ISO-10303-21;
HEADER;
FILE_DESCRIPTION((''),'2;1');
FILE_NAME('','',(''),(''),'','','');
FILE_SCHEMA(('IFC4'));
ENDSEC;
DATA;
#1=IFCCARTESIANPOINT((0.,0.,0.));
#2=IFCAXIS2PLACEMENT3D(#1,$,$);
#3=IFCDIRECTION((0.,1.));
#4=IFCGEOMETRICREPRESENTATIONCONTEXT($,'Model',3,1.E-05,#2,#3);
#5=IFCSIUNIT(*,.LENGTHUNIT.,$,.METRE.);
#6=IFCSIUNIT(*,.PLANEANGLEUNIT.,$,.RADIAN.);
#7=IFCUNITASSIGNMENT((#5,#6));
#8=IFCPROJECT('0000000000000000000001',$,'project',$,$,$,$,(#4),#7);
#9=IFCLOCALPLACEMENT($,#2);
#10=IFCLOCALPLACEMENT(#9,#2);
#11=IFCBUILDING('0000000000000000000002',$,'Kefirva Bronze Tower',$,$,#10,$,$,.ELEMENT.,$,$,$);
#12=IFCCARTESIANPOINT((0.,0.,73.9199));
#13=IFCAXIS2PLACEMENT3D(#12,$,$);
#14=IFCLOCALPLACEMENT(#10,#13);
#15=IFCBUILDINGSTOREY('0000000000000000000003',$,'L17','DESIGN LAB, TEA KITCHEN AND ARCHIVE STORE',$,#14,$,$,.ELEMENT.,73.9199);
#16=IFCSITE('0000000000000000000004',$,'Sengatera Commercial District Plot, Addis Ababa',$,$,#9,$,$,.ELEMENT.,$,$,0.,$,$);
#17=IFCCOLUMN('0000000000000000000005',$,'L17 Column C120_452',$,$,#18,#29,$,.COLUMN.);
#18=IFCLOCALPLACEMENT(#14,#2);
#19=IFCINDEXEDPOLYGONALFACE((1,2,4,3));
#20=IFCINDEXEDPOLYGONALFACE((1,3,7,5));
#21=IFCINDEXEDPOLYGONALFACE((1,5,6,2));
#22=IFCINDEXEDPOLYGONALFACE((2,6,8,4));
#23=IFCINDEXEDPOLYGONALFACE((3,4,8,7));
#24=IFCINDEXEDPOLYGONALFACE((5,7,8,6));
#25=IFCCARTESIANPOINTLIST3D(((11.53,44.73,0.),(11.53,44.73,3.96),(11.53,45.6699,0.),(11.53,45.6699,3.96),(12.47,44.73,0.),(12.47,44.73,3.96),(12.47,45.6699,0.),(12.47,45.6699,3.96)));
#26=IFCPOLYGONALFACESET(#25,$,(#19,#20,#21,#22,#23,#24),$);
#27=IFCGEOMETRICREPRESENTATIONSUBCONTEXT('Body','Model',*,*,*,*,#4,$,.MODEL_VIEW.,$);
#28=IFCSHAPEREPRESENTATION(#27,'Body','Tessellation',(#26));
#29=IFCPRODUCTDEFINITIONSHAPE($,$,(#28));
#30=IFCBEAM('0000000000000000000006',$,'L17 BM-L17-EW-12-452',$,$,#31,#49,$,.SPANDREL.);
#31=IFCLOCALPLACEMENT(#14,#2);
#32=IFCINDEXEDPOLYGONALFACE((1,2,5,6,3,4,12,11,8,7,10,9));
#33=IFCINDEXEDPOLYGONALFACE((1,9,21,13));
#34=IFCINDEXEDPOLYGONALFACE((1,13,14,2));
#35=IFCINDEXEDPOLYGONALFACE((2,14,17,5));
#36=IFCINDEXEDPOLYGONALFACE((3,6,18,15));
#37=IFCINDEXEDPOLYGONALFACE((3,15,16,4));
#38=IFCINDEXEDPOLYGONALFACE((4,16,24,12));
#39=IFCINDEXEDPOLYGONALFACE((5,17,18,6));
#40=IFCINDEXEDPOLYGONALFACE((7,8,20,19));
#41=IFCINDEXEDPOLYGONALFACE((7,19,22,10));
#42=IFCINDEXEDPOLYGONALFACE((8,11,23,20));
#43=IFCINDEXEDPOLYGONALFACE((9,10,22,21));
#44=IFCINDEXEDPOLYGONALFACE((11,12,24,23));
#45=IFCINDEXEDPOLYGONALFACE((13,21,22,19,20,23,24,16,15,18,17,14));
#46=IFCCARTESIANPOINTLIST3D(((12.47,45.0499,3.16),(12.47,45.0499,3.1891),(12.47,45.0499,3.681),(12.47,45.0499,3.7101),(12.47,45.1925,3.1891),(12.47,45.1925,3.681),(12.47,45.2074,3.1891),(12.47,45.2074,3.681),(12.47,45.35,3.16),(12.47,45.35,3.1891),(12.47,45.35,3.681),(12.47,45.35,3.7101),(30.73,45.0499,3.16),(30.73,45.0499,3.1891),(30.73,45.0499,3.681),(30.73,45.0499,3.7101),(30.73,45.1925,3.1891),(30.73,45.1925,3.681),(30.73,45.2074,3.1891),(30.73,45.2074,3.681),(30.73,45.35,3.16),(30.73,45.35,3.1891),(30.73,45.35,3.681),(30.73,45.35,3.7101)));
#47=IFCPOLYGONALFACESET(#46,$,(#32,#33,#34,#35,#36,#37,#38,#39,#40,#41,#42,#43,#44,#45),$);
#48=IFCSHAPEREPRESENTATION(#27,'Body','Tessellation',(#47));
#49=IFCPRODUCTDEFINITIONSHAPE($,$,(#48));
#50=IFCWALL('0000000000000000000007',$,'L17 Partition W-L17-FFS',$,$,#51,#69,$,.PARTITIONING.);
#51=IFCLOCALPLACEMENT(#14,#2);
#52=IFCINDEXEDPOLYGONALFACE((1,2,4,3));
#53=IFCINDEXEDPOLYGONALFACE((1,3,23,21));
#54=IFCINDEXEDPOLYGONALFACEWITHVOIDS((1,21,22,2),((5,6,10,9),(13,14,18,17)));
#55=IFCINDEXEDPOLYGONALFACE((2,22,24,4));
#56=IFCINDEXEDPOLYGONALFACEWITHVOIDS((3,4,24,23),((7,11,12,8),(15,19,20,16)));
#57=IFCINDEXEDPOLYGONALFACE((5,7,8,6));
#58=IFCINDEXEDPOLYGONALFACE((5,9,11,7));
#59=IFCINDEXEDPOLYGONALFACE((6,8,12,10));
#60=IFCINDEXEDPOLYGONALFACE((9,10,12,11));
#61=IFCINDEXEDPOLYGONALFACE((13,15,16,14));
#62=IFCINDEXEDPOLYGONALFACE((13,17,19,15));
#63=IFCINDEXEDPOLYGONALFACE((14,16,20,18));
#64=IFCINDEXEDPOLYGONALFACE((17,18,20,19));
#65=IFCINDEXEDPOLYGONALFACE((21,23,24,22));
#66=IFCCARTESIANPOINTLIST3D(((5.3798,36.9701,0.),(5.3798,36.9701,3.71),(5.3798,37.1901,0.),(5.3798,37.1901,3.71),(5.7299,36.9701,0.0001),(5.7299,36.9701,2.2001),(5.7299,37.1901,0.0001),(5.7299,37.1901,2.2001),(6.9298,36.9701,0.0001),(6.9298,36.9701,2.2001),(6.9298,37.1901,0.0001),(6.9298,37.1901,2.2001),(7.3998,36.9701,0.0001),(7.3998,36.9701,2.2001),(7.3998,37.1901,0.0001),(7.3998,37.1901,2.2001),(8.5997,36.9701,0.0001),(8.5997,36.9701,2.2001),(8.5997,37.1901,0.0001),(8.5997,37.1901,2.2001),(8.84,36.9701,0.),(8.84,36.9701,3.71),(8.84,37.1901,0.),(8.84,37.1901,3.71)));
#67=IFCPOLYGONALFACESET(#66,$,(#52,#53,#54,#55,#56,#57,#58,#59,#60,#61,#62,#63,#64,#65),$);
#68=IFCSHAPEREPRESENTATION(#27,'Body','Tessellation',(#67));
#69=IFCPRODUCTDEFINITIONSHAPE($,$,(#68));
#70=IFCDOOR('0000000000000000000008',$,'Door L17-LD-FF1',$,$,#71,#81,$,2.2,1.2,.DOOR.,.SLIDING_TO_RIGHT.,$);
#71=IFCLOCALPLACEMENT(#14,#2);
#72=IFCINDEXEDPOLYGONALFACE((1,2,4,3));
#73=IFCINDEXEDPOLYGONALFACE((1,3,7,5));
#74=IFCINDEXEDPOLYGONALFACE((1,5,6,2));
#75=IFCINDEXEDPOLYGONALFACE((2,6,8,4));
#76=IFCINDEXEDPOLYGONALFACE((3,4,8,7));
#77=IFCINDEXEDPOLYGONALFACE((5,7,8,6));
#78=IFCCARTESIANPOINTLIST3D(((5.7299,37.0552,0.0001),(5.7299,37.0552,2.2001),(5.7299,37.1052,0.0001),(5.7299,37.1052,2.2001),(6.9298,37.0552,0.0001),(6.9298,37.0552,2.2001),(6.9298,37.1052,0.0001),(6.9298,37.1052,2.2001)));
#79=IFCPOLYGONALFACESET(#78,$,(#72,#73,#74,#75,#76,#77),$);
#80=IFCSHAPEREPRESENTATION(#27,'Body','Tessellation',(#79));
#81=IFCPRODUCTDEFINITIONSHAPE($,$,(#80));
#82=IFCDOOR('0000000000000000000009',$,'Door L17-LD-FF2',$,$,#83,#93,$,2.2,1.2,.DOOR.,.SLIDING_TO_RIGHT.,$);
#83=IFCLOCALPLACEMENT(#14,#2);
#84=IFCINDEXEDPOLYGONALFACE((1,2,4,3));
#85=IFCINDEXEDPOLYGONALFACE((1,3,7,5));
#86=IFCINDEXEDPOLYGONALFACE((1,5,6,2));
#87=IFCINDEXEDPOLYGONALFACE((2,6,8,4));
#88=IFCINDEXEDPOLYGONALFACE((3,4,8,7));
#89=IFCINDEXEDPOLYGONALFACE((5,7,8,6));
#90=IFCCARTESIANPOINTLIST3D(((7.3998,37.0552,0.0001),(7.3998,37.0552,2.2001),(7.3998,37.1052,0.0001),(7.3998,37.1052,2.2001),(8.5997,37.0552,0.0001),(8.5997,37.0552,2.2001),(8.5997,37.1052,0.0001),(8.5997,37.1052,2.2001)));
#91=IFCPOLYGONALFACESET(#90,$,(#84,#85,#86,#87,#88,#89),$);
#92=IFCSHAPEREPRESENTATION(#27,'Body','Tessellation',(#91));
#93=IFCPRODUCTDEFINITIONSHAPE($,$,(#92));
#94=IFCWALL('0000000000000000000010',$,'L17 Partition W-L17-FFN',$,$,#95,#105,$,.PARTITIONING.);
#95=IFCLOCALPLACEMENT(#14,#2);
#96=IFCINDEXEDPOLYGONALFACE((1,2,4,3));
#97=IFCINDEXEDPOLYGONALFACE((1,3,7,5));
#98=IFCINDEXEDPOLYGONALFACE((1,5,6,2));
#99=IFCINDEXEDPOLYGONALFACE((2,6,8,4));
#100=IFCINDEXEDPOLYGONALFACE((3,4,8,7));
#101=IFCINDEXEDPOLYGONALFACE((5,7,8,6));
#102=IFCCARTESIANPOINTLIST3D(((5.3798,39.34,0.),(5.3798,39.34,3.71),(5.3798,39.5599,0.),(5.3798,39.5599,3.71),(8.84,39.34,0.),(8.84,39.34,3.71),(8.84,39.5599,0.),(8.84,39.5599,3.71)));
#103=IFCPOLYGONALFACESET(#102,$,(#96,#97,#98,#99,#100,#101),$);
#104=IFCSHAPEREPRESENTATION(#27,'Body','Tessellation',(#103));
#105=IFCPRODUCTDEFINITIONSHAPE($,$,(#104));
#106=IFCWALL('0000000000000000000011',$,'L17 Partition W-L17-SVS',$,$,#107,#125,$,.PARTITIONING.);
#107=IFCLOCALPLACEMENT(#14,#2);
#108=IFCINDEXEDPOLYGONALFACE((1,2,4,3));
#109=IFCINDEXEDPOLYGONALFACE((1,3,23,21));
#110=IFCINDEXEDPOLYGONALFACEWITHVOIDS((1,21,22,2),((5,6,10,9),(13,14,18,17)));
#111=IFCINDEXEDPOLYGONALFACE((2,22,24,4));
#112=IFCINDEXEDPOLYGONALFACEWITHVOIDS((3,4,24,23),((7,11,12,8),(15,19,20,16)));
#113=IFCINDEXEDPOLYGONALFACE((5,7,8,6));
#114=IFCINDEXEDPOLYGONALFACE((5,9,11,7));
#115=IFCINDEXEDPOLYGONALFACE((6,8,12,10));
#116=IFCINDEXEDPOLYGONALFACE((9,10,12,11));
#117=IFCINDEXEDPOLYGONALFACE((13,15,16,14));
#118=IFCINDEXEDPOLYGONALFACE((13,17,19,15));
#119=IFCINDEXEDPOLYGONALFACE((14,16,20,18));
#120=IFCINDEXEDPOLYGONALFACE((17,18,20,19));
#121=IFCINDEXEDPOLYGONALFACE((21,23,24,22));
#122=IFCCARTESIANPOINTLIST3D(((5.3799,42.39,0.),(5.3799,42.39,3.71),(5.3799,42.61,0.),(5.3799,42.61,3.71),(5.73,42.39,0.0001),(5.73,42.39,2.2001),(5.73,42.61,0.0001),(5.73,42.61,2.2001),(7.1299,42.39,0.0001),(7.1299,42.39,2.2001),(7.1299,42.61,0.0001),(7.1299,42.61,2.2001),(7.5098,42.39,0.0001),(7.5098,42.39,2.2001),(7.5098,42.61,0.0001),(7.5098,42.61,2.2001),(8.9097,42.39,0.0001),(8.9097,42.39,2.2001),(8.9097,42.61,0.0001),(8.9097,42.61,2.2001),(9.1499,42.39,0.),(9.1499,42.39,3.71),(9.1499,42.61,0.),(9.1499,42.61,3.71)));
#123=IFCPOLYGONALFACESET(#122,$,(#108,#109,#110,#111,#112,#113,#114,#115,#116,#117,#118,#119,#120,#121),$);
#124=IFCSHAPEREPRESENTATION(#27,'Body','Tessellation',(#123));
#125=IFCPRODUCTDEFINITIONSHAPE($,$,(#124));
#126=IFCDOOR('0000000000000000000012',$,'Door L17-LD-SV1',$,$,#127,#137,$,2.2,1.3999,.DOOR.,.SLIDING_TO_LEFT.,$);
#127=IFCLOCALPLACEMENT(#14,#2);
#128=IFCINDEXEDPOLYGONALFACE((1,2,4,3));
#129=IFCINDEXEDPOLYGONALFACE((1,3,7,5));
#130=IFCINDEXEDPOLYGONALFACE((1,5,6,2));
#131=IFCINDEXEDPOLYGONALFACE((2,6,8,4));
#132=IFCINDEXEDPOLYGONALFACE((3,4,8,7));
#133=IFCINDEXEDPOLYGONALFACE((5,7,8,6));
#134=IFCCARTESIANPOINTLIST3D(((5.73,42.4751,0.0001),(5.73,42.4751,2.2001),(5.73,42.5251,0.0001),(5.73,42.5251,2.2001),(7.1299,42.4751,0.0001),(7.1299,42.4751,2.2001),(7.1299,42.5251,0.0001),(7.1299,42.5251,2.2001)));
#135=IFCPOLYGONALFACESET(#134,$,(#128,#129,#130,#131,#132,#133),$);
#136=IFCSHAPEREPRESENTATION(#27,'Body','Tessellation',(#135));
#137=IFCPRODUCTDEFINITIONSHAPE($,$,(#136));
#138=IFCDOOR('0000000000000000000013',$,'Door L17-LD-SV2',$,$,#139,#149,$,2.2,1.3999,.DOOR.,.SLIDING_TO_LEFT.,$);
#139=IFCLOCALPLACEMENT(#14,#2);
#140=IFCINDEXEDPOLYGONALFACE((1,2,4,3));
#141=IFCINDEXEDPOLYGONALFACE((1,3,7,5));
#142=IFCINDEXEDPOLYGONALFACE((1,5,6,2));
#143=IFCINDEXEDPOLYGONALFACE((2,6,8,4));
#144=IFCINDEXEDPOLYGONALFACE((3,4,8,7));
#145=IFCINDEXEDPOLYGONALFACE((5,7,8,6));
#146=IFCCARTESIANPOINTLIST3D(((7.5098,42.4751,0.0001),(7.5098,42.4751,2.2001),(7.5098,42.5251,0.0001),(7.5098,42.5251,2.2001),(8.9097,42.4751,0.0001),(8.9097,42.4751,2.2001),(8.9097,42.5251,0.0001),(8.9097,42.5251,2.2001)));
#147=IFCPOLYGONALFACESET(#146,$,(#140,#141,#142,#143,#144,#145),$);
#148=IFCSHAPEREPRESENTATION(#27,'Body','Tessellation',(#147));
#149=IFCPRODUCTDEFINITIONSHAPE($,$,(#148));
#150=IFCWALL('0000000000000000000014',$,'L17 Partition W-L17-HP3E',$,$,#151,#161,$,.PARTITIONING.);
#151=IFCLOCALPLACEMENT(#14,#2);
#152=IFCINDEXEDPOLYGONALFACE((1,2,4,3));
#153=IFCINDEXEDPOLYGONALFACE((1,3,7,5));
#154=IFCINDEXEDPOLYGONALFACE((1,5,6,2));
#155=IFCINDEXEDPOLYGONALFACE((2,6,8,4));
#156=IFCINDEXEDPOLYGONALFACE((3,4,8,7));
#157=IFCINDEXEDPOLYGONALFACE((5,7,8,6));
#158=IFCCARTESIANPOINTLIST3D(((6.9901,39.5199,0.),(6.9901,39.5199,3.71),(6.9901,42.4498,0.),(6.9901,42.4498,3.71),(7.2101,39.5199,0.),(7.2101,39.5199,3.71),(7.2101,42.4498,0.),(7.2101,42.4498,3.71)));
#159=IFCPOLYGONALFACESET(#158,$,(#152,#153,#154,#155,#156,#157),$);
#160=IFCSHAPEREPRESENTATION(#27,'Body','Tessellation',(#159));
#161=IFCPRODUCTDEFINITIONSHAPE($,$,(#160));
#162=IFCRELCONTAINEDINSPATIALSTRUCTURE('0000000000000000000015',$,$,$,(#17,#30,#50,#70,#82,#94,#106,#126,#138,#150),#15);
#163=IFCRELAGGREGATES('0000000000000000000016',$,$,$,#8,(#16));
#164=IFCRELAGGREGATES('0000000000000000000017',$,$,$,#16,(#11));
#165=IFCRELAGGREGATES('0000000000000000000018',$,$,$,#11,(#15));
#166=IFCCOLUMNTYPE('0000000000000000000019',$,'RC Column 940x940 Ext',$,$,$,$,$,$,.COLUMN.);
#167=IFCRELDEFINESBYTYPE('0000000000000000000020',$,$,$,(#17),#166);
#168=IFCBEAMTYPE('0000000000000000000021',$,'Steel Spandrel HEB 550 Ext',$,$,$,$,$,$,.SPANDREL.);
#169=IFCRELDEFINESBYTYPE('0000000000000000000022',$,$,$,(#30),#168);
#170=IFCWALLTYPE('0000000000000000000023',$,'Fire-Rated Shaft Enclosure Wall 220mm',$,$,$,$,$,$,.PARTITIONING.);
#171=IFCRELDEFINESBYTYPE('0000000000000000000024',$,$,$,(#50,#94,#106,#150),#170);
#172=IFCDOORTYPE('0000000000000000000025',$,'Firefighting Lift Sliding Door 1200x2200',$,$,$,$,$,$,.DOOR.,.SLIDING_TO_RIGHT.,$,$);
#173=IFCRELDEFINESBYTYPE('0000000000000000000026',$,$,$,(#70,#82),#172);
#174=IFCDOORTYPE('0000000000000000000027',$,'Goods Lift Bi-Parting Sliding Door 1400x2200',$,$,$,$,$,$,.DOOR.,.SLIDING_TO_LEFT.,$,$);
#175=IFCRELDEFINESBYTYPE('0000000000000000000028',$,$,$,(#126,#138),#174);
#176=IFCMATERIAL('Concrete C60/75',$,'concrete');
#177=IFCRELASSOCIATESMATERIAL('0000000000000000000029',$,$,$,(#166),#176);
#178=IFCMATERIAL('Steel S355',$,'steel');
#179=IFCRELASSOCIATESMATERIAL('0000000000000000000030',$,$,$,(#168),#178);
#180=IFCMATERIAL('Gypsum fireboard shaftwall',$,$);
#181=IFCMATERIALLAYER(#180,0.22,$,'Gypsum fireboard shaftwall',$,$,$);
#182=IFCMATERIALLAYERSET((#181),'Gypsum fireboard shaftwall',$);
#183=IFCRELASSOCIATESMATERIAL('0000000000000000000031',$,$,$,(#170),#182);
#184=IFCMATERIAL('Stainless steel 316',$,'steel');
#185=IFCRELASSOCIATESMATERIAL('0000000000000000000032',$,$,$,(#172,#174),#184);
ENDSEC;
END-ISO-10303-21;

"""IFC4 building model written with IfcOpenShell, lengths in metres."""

from ifc_helpers import new_model, si_unit, direction, frame, frame_2d, origin, origin_2d, place, context, subcontext, project, spatial, rectangle, i_section, extrude, material, layer, layer_set, material_profile, profile_set, type_object, element, fill, save


model = new_model("IFC4")

# Units and contexts
model_context = context("Model", 3, precision=1e-05, world=origin(), true_north=direction((0.0, 1.0)))
body_context = subcontext(model_context, "Body", "Model", "MODEL_VIEW")
ifc_project = project(units=[si_unit("LENGTHUNIT", "METRE"), si_unit("PLANEANGLEUNIT", "RADIAN")], contexts=[model_context])

# Site, building, storey
site_placement = place(None, origin())
site = spatial("IfcSite", under=ifc_project, at=site_placement, Name="Sengatera Commercial District Plot, Addis Ababa", CompositionType="ELEMENT", RefElevation=0.0)
building_placement = place(site_placement, origin())
building = spatial("IfcBuilding", under=site, at=building_placement, Name="Kefirva Bronze Tower", CompositionType="ELEMENT")
storey_placement = place(building_placement, frame((0.0, 0.0, 73.9199)))
storey = spatial("IfcBuildingStorey", under=building, at=storey_placement, Name="L17", Description="DESIGN LAB, TEA KITCHEN AND ARCHIVE STORE", CompositionType="ELEMENT", Elevation=73.9199)

# Column
ifc_material_1 = material(Name="Concrete C60/75", Category="concrete")
ifc_material_profile_1 = material_profile(ifc_material_1, rectangle(XDim=0.9399, YDim=0.9399, at=origin_2d()), Name="RC 940x940")
ifc_profile_set_1 = profile_set([ifc_material_profile_1], Name="Concrete C60/75")
column_type = type_object("IfcColumnType", Name="RC Column 940x940 Ext", PredefinedType="COLUMN", material=ifc_profile_set_1)
column_placement = place(storey_placement, frame((12.0, 45.2, 0.0), z_axis=(0.0, 0.0, 1.0), x_axis=(1.0, 0.0, 0.0)))
element("IfcColumn", 1, at=column_placement, inside=storey, type_object=column_type, Name="L17 Column C120_452", PredefinedType="COLUMN", context=body_context, shape_type="SweptSolid", body=[
    extrude(rectangle(XDim=0.9399, YDim=0.9399, at=origin_2d()), origin(), (0.0, 0.0, 1.0), 3.96),
])

# Beam
ifc_material_2 = material(Name="Steel S355", Category="steel")
ifc_material_profile_2 = material_profile(ifc_material_2, i_section(OverallWidth=0.3, OverallDepth=0.55, WebThickness=0.0149, FlangeThickness=0.0291, at=origin_2d()), Name="HEB 550")
ifc_profile_set_2 = profile_set([ifc_material_profile_2], Name="Steel S355")
beam_type = type_object("IfcBeamType", Name="Steel Spandrel HEB 550 Ext", PredefinedType="SPANDREL", material=ifc_profile_set_2)
beam_placement = place(storey_placement, frame((12.47, 45.2, 3.4351), z_axis=(1.0, 0.0, 0.0), x_axis=(0.0, 1.0, 0.0)))
element("IfcBeam", 2, at=beam_placement, inside=storey, type_object=beam_type, Name="L17 BM-L17-EW-12-452", PredefinedType="SPANDREL", context=body_context, shape_type="SweptSolid", body=[
    extrude(i_section(OverallWidth=0.3, OverallDepth=0.55, WebThickness=0.0149, FlangeThickness=0.0291, at=origin_2d()), origin(), (0.0, 0.0, 1.0), 18.26),
])

# Wall, openings, doors
ifc_material_3 = material(Name="Gypsum fireboard shaftwall")
ifc_layer_1 = layer(ifc_material_3, 0.22, Name="Gypsum fireboard shaftwall")
ifc_layer_set_1 = layer_set([ifc_layer_1], Name="Gypsum fireboard shaftwall")
wall_type_1 = type_object("IfcWallType", Name="Fire-Rated Shaft Enclosure Wall 220mm", PredefinedType="PARTITIONING", material=ifc_layer_set_1)
wall_1_placement = place(storey_placement, frame((5.3799, 37.0801, 0.0), z_axis=(0.0, 0.0, 1.0), x_axis=(1.0, 0.0, 0.0)))
wall_1 = element("IfcWall", 3, at=wall_1_placement, inside=storey, type_object=wall_type_1, Name="L17 Partition W-L17-FFS", PredefinedType="PARTITIONING", context=body_context, shape_type="SweptSolid", body=[
    extrude(rectangle(XDim=3.4602, YDim=0.22, at=frame_2d((1.73, 0.0))), origin(), (0.0, 0.0, 1.0), 3.71),
])
opening_1_placement = place(wall_1_placement, frame((1.55, 0.0, 0.0), z_axis=(0.0, 0.0, 1.0), x_axis=(-1.0, 0.0, 0.0)))
opening_1 = element("IfcOpeningElement", 4, at=opening_1_placement, cuts=wall_1, PredefinedType="OPENING", context=body_context, shape_type="SweptSolid", body=[
    extrude(rectangle(XDim=1.2, YDim=2.2, at=frame_2d((0.6001, 1.1001))), frame((0.0, 0.1201, 0.0), z_axis=(0.0, -1.0, 0.0), x_axis=(1.0, 0.0, 0.0)), (0.0, 0.0, 1.0), 0.24),
])
opening_2_placement = place(wall_1_placement, frame((3.22, 0.0, 0.0), z_axis=(0.0, 0.0, 1.0), x_axis=(-1.0, 0.0, 0.0)))
opening_2 = element("IfcOpeningElement", 5, at=opening_2_placement, cuts=wall_1, PredefinedType="OPENING", context=body_context, shape_type="SweptSolid", body=[
    extrude(rectangle(XDim=1.2, YDim=2.2, at=frame_2d((0.6001, 1.1001))), frame((0.0, 0.1201, 0.0), z_axis=(0.0, -1.0, 0.0), x_axis=(1.0, 0.0, 0.0)), (0.0, 0.0, 1.0), 0.24),
])
ifc_material_4 = material(Name="Stainless steel 316", Category="steel")
door_type_1 = type_object("IfcDoorType", Name="Firefighting Lift Sliding Door 1200x2200", OperationType="SLIDING_TO_RIGHT", PredefinedType="DOOR", material=ifc_material_4)
door_1_placement = place(opening_1_placement, origin())
door_1 = element("IfcDoor", 6, at=door_1_placement, inside=storey, type_object=door_type_1, Name="Door L17-LD-FF1", OperationType="SLIDING_TO_RIGHT", OverallHeight=2.2, OverallWidth=1.2, PredefinedType="DOOR", context=body_context, shape_type="SweptSolid", body=[
    extrude(rectangle(XDim=1.2, YDim=2.2, at=frame_2d((0.6001, 1.1001))), frame((0.0, 0.0249, 0.0), z_axis=(0.0, -1.0, 0.0), x_axis=(1.0, 0.0, 0.0)), (0.0, 0.0, 1.0), 0.05),
])
fill(opening_1, door_1)
door_2_placement = place(opening_2_placement, origin())
door_2 = element("IfcDoor", 7, at=door_2_placement, inside=storey, type_object=door_type_1, Name="Door L17-LD-FF2", OperationType="SLIDING_TO_RIGHT", OverallHeight=2.2, OverallWidth=1.2, PredefinedType="DOOR", context=body_context, shape_type="SweptSolid", body=[
    extrude(rectangle(XDim=1.2, YDim=2.2, at=frame_2d((0.6001, 1.1001))), frame((0.0, 0.0249, 0.0), z_axis=(0.0, -1.0, 0.0), x_axis=(1.0, 0.0, 0.0)), (0.0, 0.0, 1.0), 0.05),
])
fill(opening_2, door_2)

# Wall
wall_2_placement = place(storey_placement, frame((5.3799, 39.45, 0.0), z_axis=(0.0, 0.0, 1.0), x_axis=(1.0, 0.0, 0.0)))
element("IfcWall", 8, at=wall_2_placement, inside=storey, type_object=wall_type_1, Name="L17 Partition W-L17-FFN", PredefinedType="PARTITIONING", context=body_context, shape_type="SweptSolid", body=[
    extrude(rectangle(XDim=3.4602, YDim=0.22, at=frame_2d((1.73, 0.0))), origin(), (0.0, 0.0, 1.0), 3.71),
])

# Wall, openings, doors
wall_3_placement = place(storey_placement, frame((5.3799, 42.5, 0.0), z_axis=(0.0, 0.0, 1.0), x_axis=(1.0, 0.0, 0.0)))
wall_3 = element("IfcWall", 9, at=wall_3_placement, inside=storey, type_object=wall_type_1, Name="L17 Partition W-L17-SVS", PredefinedType="PARTITIONING", context=body_context, shape_type="SweptSolid", body=[
    extrude(rectangle(XDim=3.77, YDim=0.22, at=frame_2d((1.885, 0.0))), origin(), (0.0, 0.0, 1.0), 3.71),
])
opening_3_placement = place(wall_3_placement, frame((1.75, 0.0, 0.0), z_axis=(0.0, 0.0, 1.0), x_axis=(-1.0, 0.0, 0.0)))
opening_3 = element("IfcOpeningElement", 10, at=opening_3_placement, cuts=wall_3, PredefinedType="OPENING", context=body_context, shape_type="SweptSolid", body=[
    extrude(rectangle(XDim=1.3999, YDim=2.2, at=frame_2d((0.7, 1.1001))), frame((0.0, 0.1201, 0.0), z_axis=(0.0, -1.0, 0.0), x_axis=(1.0, 0.0, 0.0)), (0.0, 0.0, 1.0), 0.24),
])
opening_4_placement = place(wall_3_placement, frame((3.5298, 0.0, 0.0), z_axis=(0.0, 0.0, 1.0), x_axis=(-1.0, 0.0, 0.0)))
opening_4 = element("IfcOpeningElement", 11, at=opening_4_placement, cuts=wall_3, PredefinedType="OPENING", context=body_context, shape_type="SweptSolid", body=[
    extrude(rectangle(XDim=1.3999, YDim=2.2, at=frame_2d((0.7, 1.1001))), frame((0.0, 0.1201, 0.0), z_axis=(0.0, -1.0, 0.0), x_axis=(1.0, 0.0, 0.0)), (0.0, 0.0, 1.0), 0.24),
])
door_type_2 = type_object("IfcDoorType", Name="Goods Lift Bi-Parting Sliding Door 1400x2200", OperationType="SLIDING_TO_LEFT", PredefinedType="DOOR", material=ifc_material_4)
door_3_placement = place(opening_3_placement, origin())
door_3 = element("IfcDoor", 12, at=door_3_placement, inside=storey, type_object=door_type_2, Name="Door L17-LD-SV1", OperationType="SLIDING_TO_LEFT", OverallHeight=2.2, OverallWidth=1.3999, PredefinedType="DOOR", context=body_context, shape_type="SweptSolid", body=[
    extrude(rectangle(XDim=1.3999, YDim=2.2, at=frame_2d((0.7, 1.1001))), frame((0.0, 0.0249, 0.0), z_axis=(0.0, -1.0, 0.0), x_axis=(1.0, 0.0, 0.0)), (0.0, 0.0, 1.0), 0.05),
])
fill(opening_3, door_3)
door_4_placement = place(opening_4_placement, origin())
door_4 = element("IfcDoor", 13, at=door_4_placement, inside=storey, type_object=door_type_2, Name="Door L17-LD-SV2", OperationType="SLIDING_TO_LEFT", OverallHeight=2.2, OverallWidth=1.3999, PredefinedType="DOOR", context=body_context, shape_type="SweptSolid", body=[
    extrude(rectangle(XDim=1.3999, YDim=2.2, at=frame_2d((0.7, 1.1001))), frame((0.0, 0.0249, 0.0), z_axis=(0.0, -1.0, 0.0), x_axis=(1.0, 0.0, 0.0)), (0.0, 0.0, 1.0), 0.05),
])
fill(opening_4, door_4)

# Wall
wall_4_placement = place(storey_placement, frame((7.1001, 39.52, 0.0), z_axis=(0.0, 0.0, 1.0), x_axis=(0.0, 1.0, 0.0)))
element("IfcWall", 14, at=wall_4_placement, inside=storey, type_object=wall_type_1, Name="L17 Partition W-L17-HP3E", PredefinedType="PARTITIONING", context=body_context, shape_type="SweptSolid", body=[
    extrude(rectangle(XDim=2.9299, YDim=0.22, at=frame_2d((1.4648, 0.0))), origin(), (0.0, 0.0, 1.0), 3.71),
])

save(model, "model.ifc")
